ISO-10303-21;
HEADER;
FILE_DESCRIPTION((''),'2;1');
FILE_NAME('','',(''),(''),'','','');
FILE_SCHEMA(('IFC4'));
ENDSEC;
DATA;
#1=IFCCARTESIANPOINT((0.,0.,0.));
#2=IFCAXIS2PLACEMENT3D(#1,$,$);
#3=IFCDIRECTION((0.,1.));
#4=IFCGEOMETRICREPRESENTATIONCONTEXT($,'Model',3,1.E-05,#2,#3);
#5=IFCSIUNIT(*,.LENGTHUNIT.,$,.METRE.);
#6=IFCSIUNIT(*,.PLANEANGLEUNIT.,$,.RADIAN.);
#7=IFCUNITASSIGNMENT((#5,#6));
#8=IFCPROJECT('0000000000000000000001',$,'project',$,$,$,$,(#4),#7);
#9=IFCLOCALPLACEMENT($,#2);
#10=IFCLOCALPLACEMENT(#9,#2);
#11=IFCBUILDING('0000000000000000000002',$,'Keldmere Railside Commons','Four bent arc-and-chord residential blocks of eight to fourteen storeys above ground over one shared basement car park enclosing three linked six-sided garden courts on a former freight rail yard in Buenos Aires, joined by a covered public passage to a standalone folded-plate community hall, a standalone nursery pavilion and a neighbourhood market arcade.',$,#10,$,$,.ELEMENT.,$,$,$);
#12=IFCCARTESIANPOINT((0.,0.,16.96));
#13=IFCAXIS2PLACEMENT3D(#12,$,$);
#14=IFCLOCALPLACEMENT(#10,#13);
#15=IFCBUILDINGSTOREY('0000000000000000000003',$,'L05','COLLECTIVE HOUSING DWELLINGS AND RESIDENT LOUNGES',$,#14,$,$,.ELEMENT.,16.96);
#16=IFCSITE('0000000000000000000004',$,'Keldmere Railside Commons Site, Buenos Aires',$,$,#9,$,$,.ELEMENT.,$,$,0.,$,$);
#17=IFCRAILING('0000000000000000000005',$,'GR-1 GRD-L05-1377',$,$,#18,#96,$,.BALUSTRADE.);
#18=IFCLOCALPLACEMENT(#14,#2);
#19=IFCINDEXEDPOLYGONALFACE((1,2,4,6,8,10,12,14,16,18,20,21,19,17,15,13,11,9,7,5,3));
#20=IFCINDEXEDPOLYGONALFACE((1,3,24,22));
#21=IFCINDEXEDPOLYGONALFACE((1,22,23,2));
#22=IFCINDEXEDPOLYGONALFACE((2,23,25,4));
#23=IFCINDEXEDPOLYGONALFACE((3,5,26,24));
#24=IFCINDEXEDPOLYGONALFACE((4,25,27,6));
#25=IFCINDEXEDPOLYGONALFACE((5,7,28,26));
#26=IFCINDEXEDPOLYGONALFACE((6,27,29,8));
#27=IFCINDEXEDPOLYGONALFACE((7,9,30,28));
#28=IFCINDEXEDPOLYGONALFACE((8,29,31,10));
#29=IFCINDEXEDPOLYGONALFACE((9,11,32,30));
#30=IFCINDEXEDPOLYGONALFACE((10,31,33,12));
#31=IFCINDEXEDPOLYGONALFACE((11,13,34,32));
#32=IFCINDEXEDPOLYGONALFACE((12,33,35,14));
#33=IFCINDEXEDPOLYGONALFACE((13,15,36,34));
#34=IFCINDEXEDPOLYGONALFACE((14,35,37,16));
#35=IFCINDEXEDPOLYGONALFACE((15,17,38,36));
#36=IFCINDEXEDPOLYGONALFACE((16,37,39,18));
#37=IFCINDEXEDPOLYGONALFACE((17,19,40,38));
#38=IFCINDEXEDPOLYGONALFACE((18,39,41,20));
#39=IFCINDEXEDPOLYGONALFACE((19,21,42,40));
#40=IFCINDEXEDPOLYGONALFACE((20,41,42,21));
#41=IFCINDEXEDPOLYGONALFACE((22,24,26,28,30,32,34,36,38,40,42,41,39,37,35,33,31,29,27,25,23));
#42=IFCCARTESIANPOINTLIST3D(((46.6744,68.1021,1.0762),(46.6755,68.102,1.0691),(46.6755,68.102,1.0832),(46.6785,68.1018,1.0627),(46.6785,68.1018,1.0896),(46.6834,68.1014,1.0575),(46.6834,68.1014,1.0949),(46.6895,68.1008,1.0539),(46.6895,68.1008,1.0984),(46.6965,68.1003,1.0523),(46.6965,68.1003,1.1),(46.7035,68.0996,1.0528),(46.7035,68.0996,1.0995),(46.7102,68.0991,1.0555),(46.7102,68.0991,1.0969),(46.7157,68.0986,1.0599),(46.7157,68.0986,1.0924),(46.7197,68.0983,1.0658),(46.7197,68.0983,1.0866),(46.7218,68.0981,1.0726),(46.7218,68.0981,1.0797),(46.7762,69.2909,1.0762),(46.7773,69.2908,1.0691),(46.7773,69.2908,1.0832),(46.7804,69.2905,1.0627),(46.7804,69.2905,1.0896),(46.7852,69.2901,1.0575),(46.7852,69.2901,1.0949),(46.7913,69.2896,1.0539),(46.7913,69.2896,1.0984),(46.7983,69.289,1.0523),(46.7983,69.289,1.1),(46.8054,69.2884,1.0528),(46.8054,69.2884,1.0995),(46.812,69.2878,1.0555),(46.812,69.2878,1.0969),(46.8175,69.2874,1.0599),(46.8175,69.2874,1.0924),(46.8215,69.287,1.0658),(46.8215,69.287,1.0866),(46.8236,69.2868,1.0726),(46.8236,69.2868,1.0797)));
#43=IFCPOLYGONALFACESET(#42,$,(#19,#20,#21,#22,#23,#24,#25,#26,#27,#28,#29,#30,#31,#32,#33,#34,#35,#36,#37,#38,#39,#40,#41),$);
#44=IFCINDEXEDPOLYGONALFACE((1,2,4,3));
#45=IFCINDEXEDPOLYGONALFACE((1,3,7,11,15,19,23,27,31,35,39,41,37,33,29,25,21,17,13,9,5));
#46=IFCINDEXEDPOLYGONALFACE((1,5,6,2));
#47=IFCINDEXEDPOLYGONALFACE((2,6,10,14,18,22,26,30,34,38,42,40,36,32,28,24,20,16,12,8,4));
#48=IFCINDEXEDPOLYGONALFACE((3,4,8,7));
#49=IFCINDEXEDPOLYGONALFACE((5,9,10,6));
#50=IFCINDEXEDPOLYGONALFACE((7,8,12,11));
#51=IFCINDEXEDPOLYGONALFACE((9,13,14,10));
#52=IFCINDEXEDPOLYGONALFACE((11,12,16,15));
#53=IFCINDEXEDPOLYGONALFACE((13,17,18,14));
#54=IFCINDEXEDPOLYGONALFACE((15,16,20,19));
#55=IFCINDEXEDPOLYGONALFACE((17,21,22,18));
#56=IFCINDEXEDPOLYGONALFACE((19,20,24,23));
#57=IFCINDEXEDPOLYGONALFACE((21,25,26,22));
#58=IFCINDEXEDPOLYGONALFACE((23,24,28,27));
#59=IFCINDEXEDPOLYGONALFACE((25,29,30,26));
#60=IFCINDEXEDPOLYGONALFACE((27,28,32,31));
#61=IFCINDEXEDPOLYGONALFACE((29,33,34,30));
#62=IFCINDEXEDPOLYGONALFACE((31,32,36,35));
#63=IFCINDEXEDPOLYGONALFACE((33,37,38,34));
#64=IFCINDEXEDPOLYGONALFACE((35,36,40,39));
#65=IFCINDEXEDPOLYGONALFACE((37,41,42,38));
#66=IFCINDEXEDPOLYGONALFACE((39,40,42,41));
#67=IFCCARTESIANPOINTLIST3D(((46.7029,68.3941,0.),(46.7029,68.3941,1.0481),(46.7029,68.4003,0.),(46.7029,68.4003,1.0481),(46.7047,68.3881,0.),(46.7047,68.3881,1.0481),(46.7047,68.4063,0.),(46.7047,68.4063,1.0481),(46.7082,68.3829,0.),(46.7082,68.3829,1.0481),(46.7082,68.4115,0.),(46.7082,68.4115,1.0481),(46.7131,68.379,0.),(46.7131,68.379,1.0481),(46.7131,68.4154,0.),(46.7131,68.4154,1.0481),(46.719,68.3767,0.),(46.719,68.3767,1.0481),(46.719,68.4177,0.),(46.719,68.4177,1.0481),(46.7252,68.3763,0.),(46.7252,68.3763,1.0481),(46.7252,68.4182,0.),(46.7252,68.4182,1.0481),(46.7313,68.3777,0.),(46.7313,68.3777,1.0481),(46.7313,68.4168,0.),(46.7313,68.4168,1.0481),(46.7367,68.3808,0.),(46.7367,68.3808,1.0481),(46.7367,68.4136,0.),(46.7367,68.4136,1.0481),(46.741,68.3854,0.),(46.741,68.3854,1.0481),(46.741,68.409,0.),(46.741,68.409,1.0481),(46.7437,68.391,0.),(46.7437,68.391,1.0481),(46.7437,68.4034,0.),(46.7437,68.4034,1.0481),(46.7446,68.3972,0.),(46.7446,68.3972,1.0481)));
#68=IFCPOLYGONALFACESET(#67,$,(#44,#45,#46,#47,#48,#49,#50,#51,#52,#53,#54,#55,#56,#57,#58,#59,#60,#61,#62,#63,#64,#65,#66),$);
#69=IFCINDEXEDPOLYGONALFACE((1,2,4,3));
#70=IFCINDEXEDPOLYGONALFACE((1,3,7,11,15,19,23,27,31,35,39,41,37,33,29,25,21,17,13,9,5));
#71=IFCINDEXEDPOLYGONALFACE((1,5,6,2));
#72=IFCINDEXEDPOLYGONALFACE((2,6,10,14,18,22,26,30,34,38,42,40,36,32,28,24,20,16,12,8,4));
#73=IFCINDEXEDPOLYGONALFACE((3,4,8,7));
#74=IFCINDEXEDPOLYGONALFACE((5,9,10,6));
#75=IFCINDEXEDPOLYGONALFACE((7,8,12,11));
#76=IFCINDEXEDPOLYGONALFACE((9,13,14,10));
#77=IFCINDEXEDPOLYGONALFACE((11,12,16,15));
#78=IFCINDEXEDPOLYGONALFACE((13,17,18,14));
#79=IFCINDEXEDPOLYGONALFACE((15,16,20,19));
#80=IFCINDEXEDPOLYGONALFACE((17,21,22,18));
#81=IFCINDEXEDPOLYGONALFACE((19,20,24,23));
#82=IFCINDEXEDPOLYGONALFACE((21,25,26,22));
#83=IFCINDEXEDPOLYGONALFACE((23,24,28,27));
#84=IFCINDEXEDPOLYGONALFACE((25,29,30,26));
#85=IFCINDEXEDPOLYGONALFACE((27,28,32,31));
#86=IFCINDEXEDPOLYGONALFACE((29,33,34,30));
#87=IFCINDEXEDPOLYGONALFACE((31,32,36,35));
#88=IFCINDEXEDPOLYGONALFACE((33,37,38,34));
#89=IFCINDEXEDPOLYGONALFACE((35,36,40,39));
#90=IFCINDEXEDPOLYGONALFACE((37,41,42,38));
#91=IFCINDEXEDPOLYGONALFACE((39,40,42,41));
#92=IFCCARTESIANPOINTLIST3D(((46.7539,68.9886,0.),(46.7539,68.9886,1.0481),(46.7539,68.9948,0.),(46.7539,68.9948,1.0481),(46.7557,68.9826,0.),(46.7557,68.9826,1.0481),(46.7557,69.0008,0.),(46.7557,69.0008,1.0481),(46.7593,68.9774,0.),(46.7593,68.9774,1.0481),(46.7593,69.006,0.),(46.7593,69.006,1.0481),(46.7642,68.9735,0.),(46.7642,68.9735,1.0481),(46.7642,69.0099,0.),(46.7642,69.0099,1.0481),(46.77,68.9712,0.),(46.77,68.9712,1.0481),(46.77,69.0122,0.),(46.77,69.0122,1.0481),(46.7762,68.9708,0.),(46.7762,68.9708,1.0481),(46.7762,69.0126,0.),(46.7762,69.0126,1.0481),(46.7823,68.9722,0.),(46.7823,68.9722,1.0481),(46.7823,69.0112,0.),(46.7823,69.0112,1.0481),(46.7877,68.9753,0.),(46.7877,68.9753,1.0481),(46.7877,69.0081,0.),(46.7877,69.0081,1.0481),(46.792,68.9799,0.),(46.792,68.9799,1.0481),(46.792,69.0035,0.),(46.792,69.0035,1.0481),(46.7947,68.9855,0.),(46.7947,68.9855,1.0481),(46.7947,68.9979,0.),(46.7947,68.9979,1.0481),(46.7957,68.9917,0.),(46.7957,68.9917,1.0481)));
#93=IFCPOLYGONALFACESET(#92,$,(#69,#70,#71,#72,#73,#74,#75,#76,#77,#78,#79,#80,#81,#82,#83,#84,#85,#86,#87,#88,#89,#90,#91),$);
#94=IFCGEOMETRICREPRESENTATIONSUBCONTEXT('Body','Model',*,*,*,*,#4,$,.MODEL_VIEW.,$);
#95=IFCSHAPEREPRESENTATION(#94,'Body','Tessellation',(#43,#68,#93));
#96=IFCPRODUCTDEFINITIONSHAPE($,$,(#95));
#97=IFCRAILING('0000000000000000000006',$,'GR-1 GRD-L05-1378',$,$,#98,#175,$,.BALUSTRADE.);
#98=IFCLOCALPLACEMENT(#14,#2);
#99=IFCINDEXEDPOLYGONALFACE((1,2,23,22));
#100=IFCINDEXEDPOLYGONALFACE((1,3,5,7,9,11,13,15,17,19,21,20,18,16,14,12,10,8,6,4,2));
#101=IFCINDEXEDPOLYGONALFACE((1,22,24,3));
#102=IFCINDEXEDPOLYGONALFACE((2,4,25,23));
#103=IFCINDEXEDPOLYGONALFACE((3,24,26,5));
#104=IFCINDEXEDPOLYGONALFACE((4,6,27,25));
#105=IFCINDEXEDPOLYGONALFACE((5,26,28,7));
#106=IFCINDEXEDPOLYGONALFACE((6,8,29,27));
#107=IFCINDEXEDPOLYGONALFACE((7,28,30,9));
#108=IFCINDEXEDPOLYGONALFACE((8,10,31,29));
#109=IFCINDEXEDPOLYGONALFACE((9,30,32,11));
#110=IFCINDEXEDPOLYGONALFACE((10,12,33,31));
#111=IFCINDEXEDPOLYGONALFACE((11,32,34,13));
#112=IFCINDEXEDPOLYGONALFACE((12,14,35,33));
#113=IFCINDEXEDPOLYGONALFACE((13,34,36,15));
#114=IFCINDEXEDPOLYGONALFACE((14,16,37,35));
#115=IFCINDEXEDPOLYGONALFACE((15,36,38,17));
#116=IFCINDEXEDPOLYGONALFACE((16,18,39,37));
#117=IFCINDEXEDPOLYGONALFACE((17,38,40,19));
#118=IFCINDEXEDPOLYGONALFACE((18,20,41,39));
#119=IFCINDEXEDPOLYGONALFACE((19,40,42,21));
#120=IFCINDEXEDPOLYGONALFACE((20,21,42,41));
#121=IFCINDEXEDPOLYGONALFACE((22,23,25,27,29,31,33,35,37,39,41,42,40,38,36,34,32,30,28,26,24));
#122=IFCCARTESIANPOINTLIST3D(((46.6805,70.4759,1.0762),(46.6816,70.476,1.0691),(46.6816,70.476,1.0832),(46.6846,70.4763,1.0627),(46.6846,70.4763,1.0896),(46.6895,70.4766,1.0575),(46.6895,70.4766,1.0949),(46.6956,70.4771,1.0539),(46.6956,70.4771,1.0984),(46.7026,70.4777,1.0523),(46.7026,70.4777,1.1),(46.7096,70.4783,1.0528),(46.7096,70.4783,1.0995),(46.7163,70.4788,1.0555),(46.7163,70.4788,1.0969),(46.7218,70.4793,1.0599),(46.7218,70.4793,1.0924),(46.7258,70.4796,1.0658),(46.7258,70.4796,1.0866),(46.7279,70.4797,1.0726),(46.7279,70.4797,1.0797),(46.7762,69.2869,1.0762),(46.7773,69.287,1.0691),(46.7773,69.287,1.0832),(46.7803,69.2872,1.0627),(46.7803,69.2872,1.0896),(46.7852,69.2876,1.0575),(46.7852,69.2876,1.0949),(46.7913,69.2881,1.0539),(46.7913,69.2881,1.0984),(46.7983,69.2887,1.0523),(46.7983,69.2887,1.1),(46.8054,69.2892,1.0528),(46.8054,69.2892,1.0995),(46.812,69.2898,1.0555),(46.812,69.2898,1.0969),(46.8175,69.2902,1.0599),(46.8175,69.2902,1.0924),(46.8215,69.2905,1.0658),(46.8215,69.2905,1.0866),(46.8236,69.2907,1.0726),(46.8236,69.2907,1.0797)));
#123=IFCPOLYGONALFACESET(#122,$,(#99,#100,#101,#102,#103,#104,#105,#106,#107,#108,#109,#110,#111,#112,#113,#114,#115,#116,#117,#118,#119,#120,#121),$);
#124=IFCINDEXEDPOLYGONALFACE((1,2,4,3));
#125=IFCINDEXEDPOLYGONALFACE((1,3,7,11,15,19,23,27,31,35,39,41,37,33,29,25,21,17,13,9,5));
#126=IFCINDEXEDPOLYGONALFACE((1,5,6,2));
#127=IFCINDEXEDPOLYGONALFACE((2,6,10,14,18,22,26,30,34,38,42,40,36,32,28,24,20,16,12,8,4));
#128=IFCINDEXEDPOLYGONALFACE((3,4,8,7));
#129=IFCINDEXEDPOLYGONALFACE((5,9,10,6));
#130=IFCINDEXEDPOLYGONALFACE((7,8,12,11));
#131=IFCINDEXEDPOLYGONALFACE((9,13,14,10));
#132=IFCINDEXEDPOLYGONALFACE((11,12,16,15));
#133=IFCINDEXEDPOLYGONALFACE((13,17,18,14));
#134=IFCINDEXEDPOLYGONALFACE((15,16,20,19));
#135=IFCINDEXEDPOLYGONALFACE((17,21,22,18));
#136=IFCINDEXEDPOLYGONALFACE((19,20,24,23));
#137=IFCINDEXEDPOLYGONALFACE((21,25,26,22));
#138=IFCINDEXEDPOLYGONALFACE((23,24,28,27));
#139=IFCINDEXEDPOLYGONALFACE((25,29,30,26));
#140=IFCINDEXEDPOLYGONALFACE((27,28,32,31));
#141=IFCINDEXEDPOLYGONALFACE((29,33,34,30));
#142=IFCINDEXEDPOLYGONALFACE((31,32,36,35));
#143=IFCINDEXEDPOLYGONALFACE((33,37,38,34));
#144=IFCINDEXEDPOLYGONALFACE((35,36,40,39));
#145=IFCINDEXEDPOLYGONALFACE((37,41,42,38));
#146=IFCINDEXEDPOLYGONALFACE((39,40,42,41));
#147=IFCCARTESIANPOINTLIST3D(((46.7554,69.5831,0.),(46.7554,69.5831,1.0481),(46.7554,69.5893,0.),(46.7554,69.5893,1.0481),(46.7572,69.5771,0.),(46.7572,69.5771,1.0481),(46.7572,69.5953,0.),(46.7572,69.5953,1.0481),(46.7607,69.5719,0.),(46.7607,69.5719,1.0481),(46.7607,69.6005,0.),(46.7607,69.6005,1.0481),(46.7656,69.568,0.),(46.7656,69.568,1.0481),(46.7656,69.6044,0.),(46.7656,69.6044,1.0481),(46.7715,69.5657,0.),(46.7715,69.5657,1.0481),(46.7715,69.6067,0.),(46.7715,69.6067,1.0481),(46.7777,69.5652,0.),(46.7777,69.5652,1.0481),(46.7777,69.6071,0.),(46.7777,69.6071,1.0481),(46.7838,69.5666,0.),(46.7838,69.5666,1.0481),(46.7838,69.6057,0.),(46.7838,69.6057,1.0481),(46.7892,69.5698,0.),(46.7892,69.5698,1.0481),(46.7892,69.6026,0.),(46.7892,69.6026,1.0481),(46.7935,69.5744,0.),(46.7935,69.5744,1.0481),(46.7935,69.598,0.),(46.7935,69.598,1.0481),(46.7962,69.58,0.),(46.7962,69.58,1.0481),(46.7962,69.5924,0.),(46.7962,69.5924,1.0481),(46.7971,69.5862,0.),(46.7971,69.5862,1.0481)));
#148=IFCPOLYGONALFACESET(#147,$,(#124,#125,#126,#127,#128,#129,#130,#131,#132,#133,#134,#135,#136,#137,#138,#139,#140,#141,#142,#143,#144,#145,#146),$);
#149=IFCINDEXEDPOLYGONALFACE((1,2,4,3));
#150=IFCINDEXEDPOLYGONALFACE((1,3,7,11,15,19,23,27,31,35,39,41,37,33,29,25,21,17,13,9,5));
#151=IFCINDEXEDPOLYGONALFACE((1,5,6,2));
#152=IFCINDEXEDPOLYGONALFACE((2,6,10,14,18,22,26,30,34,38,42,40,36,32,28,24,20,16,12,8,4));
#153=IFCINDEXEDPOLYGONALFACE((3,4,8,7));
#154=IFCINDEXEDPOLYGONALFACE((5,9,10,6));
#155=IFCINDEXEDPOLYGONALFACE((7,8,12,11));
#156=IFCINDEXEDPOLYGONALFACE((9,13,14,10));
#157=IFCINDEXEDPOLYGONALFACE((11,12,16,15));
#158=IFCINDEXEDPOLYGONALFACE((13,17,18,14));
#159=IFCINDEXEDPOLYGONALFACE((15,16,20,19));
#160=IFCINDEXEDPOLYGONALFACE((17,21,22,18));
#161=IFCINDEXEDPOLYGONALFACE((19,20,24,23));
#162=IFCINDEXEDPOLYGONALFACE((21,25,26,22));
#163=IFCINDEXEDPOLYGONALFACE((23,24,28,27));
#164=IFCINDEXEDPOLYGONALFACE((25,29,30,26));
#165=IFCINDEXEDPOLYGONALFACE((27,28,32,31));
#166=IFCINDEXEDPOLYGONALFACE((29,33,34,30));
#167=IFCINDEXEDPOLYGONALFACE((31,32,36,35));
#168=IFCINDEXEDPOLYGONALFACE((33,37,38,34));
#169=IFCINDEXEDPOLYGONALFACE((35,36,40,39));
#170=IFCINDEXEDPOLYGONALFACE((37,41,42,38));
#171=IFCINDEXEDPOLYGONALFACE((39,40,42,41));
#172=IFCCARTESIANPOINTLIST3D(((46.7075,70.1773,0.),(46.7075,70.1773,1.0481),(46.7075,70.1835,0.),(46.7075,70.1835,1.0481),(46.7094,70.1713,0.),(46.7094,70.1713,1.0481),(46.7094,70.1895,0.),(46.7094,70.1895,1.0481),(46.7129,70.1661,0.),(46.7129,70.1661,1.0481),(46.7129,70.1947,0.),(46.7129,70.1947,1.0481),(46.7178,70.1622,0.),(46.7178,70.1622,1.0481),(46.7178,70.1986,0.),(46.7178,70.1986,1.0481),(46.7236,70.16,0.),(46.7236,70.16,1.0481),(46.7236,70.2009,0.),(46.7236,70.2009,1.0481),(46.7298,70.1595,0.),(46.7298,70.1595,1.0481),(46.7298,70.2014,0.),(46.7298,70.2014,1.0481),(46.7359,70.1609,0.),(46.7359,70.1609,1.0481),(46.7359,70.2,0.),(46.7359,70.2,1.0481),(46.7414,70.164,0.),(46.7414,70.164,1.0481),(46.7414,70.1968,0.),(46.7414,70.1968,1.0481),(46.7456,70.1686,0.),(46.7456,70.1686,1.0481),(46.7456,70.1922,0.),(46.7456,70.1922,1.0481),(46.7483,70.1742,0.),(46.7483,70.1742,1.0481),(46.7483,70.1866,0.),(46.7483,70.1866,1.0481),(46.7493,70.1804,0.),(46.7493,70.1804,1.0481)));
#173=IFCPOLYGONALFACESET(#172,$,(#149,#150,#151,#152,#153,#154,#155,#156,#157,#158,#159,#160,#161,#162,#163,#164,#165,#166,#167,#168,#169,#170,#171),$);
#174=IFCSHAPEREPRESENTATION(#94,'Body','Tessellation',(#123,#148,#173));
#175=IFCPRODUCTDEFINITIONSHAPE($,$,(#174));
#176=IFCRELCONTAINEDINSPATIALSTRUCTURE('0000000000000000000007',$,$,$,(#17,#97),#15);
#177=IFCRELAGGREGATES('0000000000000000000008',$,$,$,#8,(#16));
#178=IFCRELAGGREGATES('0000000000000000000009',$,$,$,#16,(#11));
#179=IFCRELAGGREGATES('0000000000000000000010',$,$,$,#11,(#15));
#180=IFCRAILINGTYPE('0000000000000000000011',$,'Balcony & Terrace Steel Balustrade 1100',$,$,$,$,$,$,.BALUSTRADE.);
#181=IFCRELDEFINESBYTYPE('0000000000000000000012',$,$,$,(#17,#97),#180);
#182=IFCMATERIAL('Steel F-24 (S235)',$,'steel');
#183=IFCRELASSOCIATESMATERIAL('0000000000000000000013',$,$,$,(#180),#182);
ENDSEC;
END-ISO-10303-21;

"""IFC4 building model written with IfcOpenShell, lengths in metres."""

from ifc_helpers import new_model, si_unit, direction, frame, origin, origin_2d, place, context, subcontext, project, spatial, circle, extrude, material, type_object, element, save


model = new_model("IFC4")

# Units and contexts
model_context = context("Model", 3, precision=1e-05, world=origin(), true_north=direction((0.0, 1.0)))
body_context = subcontext(model_context, "Body", "Model", "MODEL_VIEW")
ifc_project = project(units=[si_unit("LENGTHUNIT", "METRE"), si_unit("PLANEANGLEUNIT", "RADIAN")], contexts=[model_context])

# Site, building, storey
site_placement = place(None, origin())
site = spatial("IfcSite", under=ifc_project, at=site_placement, Name="Keldmere Railside Commons Site, Buenos Aires", CompositionType="ELEMENT", RefElevation=0.0)
building_placement = place(site_placement, origin())
building = spatial("IfcBuilding", under=site, at=building_placement, Name="Keldmere Railside Commons", Description="Four bent arc-and-chord residential blocks of eight to fourteen storeys above ground over one shared basement car park enclosing three linked six-sided garden courts on a former freight rail yard in Buenos Aires, joined by a covered public passage to a standalone folded-plate community hall, a standalone nursery pavilion and a neighbourhood market arcade.", CompositionType="ELEMENT")
storey_placement = place(building_placement, frame((0.0, 0.0, 16.96)))
storey = spatial("IfcBuildingStorey", under=building, at=storey_placement, Name="L05", Description="COLLECTIVE HOUSING DWELLINGS AND RESIDENT LOUNGES", CompositionType="ELEMENT", Elevation=16.96)

# Railings
ifc_material_1 = material(Name="Steel F-24 (S235)", Category="steel")
railing_type_1 = type_object("IfcRailingType", Name="Balcony & Terrace Steel Balustrade 1100", PredefinedType="BALUSTRADE", material=ifc_material_1)
railing_1_placement = place(storey_placement, frame((46.6982, 68.1001, 0.0)))
element("IfcRailing", 1, at=railing_1_placement, inside=storey, type_object=railing_type_1, Name="GR-1 GRD-L05-1377", PredefinedType="BALUSTRADE", context=body_context, shape_type="SweptSolid", body=[
    extrude(circle(Radius=0.0239, at=origin_2d()), frame((0.0, 0.0, 1.0762), z_axis=(0.085331, 0.996353, 0.0), x_axis=(-0.996353, 0.085331, 0.0)), (0.0, 0.0, 1.0), 1.1931),
    extrude(circle(Radius=0.021, at=origin_2d()), frame((0.0254, 0.2971, 0.0)), (0.0, 0.0, 1.0), 1.0481),
    extrude(circle(Radius=0.021, at=origin_2d()), frame((0.0764, 0.8916, 0.0)), (0.0, 0.0, 1.0), 1.0481),
])
railing_2_placement = place(storey_placement, frame((46.8, 69.2888, 0.0)))
element("IfcRailing", 2, at=railing_2_placement, inside=storey, type_object=railing_type_1, Name="GR-1 GRD-L05-1378", PredefinedType="BALUSTRADE", context=body_context, shape_type="SweptSolid", body=[
    extrude(circle(Radius=0.0239, at=origin_2d()), frame((0.0, 0.0, 1.0762), z_axis=(-0.080233, 0.996776, 0.0), x_axis=(-0.996776, -0.080233, 0.0)), (0.0, 0.0, 1.0), 1.1929),
    extrude(circle(Radius=0.021, at=origin_2d()), frame((-0.0239, 0.2974, 0.0)), (0.0, 0.0, 1.0), 1.0481),
    extrude(circle(Radius=0.021, at=origin_2d()), frame((-0.0718, 0.8916, 0.0)), (0.0, 0.0, 1.0), 1.0481),
])

save(model, "model.ifc")
